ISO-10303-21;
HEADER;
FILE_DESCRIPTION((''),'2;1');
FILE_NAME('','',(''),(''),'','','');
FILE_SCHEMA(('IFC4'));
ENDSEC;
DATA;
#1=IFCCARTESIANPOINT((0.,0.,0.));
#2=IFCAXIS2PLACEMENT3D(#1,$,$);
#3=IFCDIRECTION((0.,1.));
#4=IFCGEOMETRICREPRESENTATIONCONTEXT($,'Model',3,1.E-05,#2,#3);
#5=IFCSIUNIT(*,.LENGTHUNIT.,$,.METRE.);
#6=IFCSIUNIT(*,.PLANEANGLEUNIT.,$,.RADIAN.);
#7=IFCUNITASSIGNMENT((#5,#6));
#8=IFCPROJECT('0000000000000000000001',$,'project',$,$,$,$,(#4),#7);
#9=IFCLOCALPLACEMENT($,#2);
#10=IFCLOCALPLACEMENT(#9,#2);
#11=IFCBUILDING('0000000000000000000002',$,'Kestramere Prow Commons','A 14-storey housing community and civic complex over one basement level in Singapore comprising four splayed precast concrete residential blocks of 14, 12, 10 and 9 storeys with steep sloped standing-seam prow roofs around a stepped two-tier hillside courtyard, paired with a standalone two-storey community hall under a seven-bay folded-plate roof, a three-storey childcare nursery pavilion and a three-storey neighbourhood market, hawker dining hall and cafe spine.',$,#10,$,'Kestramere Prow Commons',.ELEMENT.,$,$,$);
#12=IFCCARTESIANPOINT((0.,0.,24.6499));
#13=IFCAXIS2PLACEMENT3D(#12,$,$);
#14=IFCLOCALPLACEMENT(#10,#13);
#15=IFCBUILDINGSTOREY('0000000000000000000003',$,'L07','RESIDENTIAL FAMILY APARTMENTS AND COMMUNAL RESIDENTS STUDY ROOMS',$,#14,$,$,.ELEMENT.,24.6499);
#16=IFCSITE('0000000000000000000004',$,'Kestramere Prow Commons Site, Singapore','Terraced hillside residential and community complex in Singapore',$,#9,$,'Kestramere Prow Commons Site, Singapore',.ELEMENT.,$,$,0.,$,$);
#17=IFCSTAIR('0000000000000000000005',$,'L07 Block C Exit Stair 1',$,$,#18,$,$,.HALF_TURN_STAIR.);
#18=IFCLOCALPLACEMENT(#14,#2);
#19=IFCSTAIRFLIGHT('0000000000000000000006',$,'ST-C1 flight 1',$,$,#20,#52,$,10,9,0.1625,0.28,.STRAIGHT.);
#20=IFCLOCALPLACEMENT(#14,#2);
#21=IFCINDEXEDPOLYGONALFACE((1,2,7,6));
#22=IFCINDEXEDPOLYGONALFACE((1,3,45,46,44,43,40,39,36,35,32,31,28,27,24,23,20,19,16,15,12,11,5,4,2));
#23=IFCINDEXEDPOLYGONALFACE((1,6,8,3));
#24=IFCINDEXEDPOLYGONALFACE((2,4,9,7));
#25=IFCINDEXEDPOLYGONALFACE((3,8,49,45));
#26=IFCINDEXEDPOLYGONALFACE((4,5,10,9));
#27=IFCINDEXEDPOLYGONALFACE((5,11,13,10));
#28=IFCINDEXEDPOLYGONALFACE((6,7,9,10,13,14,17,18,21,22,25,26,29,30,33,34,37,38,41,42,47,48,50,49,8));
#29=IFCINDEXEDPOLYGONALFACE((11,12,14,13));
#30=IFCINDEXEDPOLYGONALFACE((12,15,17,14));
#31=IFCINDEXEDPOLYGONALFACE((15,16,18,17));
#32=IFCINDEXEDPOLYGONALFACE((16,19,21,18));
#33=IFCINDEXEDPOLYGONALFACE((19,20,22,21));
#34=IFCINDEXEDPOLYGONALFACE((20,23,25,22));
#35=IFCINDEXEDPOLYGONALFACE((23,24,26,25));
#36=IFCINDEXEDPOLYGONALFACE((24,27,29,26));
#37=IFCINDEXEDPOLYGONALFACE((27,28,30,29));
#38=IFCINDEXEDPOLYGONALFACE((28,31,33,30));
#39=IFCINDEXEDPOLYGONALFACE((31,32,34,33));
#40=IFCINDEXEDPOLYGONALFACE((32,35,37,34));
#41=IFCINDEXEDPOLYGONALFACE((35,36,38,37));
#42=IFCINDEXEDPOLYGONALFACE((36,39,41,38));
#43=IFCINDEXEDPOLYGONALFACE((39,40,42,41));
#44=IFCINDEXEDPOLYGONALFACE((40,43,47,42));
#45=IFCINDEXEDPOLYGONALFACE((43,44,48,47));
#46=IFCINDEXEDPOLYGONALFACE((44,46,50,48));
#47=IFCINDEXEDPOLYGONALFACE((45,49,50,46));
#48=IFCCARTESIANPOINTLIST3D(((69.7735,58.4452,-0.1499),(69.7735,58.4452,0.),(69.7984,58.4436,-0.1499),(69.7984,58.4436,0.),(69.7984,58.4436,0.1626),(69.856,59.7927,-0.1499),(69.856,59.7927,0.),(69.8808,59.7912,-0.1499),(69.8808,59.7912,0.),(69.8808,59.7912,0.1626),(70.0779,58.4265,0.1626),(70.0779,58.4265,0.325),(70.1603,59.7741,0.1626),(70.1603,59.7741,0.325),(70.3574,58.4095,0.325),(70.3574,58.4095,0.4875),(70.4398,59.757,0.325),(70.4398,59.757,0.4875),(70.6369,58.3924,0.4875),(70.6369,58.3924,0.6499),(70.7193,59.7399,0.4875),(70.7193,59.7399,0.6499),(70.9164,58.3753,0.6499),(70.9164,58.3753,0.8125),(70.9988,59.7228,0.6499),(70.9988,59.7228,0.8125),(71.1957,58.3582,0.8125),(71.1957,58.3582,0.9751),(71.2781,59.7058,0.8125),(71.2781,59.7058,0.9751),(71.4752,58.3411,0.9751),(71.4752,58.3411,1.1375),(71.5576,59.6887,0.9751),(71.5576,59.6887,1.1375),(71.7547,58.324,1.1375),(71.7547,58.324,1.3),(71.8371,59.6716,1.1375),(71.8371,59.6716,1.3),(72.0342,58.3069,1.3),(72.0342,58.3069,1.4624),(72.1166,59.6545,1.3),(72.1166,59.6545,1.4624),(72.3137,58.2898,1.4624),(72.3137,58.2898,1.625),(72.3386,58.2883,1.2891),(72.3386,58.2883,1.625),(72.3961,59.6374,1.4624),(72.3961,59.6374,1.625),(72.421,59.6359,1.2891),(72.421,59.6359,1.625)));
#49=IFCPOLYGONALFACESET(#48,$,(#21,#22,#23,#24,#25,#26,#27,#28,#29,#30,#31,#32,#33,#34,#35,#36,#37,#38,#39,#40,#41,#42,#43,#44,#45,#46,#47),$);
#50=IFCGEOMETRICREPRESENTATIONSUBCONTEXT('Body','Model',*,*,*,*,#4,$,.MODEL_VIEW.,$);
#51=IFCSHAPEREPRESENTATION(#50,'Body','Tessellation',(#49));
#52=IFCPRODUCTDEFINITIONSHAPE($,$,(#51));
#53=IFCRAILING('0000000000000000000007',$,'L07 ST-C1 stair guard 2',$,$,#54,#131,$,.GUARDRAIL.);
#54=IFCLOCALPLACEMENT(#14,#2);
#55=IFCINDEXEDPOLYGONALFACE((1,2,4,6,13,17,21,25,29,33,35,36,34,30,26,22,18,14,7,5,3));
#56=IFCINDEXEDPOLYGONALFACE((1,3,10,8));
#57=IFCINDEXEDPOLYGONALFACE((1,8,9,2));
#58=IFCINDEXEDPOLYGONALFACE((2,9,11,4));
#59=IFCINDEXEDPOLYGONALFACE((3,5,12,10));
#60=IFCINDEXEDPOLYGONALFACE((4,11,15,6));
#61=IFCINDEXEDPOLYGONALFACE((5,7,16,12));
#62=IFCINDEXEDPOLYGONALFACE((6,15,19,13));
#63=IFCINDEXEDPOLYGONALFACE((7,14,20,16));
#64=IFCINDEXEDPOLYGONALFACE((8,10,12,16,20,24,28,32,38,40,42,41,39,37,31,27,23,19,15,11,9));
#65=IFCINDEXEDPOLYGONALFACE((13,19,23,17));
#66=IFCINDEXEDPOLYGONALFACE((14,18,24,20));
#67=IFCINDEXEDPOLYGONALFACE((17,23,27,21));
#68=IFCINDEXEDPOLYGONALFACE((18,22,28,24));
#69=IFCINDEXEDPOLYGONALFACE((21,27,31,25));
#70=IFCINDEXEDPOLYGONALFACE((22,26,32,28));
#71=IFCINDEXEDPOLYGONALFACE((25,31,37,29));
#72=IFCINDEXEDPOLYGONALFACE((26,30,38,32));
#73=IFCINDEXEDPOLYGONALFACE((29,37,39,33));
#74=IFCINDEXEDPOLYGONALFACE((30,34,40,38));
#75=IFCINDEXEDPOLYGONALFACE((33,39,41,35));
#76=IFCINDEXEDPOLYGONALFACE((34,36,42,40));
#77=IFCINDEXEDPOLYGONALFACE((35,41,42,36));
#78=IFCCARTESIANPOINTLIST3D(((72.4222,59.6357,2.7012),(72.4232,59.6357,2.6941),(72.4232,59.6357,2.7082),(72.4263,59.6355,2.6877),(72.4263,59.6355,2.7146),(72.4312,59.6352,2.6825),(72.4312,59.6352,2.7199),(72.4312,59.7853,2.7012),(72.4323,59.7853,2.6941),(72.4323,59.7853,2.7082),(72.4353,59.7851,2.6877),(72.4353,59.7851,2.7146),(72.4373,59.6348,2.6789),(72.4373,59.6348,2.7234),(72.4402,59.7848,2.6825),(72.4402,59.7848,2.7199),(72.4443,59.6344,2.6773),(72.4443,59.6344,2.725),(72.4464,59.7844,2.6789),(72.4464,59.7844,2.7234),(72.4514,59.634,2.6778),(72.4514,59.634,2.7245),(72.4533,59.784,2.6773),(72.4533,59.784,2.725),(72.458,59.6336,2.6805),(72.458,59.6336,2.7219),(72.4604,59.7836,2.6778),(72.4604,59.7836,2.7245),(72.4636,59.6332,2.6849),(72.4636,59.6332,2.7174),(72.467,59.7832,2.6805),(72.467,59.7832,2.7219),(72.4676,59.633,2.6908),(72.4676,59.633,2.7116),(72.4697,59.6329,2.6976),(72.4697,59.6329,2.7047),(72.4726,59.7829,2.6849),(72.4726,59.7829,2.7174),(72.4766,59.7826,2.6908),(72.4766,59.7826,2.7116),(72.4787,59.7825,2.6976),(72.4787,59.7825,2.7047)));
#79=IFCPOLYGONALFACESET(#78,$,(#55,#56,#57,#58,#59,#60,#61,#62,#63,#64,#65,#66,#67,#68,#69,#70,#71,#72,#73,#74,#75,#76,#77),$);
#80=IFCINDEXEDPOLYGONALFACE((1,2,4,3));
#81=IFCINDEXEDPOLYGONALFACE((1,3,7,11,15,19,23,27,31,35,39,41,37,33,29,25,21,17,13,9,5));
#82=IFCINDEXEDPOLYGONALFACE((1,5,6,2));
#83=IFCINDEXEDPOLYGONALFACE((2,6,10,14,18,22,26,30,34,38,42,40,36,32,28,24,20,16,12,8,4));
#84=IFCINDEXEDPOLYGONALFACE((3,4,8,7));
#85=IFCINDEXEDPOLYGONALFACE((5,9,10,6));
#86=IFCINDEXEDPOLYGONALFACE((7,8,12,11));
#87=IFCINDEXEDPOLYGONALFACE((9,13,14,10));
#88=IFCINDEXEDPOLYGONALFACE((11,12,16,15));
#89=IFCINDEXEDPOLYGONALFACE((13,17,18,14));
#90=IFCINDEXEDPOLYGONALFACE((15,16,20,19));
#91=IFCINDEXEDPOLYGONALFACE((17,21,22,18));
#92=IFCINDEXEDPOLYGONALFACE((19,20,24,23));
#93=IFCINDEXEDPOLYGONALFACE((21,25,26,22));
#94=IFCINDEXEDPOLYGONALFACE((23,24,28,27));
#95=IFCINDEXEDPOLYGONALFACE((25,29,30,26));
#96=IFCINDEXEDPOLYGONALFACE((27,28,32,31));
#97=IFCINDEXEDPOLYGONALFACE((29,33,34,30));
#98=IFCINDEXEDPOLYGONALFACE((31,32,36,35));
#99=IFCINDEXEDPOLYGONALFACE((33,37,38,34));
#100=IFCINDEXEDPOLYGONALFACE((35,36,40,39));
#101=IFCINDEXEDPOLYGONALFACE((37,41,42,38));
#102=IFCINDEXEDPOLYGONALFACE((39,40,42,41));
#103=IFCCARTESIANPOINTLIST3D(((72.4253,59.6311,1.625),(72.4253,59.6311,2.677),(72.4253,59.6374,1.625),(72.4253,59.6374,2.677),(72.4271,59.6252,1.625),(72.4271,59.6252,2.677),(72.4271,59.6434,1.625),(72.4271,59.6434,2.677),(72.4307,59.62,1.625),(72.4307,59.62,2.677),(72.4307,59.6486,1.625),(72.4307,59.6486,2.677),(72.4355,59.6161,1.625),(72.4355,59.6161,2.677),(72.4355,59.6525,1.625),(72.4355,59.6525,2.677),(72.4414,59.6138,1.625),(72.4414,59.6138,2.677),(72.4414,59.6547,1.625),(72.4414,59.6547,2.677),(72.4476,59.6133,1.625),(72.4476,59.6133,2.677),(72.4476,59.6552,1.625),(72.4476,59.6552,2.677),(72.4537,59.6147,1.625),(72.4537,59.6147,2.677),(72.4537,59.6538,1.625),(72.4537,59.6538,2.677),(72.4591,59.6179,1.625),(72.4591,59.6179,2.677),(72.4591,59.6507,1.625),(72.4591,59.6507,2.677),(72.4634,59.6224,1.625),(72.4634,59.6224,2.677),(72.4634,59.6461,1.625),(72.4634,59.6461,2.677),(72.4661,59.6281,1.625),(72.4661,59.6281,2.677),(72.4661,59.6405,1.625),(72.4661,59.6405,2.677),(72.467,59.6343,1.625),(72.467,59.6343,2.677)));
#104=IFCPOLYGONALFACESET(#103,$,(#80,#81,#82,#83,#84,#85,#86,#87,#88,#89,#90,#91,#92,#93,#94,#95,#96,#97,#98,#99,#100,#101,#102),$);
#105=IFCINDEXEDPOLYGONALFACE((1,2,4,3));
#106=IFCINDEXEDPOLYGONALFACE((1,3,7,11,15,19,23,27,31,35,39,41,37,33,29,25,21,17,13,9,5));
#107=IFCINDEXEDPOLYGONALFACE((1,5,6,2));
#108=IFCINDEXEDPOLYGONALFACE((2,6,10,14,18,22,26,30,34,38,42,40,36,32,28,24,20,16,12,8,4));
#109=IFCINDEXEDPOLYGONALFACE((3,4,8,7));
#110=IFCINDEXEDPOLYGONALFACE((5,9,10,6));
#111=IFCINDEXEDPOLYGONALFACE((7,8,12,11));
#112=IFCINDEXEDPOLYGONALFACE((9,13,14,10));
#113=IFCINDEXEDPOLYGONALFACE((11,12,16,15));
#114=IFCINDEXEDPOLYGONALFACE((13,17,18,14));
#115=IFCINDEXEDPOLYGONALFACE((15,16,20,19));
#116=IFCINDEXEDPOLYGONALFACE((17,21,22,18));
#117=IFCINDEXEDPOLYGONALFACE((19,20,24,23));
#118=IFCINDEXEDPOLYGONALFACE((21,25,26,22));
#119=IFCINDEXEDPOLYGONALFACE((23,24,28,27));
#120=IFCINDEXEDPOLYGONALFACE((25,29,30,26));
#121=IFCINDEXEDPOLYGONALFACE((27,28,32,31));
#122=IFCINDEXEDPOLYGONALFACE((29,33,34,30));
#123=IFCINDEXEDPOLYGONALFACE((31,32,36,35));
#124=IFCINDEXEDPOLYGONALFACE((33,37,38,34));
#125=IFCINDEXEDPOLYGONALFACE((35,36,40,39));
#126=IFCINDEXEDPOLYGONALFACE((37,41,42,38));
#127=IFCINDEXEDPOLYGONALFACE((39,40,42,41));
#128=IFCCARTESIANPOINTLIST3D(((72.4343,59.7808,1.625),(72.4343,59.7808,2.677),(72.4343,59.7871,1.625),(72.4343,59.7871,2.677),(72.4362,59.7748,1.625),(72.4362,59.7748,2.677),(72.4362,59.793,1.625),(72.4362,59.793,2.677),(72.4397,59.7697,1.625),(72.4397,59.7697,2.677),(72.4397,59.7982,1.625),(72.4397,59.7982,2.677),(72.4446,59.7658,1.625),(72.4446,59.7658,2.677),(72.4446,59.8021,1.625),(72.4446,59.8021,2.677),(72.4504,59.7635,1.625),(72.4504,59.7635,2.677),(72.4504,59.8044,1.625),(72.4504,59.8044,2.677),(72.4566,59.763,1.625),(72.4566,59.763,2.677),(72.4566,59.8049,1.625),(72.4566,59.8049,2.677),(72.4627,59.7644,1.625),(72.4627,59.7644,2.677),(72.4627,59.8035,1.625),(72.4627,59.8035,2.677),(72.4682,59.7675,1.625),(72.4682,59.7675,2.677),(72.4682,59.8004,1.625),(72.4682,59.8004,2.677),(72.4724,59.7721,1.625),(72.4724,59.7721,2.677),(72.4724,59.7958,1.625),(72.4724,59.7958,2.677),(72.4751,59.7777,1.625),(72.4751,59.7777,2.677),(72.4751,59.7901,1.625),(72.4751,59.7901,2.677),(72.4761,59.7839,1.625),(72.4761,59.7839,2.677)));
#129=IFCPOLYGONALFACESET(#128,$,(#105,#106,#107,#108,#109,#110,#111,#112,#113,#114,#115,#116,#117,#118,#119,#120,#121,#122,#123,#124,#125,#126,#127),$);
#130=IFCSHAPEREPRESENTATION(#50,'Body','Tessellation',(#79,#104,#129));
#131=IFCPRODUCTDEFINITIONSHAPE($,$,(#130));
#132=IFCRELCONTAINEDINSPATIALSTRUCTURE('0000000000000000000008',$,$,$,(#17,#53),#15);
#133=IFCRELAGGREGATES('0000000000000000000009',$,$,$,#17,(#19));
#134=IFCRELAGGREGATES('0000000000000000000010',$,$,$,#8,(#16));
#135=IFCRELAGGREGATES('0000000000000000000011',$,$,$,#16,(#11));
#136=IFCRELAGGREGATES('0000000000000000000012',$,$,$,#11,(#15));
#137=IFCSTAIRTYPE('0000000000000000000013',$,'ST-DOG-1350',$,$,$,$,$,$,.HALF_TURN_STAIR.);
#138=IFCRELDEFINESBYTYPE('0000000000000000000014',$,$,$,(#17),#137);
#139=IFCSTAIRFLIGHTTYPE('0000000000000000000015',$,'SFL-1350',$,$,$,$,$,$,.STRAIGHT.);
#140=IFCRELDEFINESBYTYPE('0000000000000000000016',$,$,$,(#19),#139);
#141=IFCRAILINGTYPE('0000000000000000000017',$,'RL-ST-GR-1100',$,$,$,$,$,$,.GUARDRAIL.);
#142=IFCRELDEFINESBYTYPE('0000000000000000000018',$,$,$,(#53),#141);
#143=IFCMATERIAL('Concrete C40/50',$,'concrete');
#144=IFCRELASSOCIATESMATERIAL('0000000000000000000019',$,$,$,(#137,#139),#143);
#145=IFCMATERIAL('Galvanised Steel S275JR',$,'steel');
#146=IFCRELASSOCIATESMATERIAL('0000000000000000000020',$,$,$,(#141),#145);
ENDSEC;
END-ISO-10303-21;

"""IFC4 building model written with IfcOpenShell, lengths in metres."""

from ifc_helpers import new_model, si_unit, direction, frame, origin, origin_2d, place, context, subcontext, project, spatial, polyline, circle, outline, extrude, material, type_object, element, aggregate, save


model = new_model("IFC4")

# Units and contexts
model_context = context("Model", 3, precision=1e-05, world=origin(), true_north=direction((0.0, 1.0)))
body_context = subcontext(model_context, "Body", "Model", "MODEL_VIEW")
ifc_project = project(units=[si_unit("LENGTHUNIT", "METRE"), si_unit("PLANEANGLEUNIT", "RADIAN")], contexts=[model_context])

# Site, building, storey
site_placement = place(None, origin())
site = spatial("IfcSite", under=ifc_project, at=site_placement, Name="Kestramere Prow Commons Site, Singapore", Description="Terraced hillside residential and community complex in Singapore", LongName="Kestramere Prow Commons Site, Singapore", CompositionType="ELEMENT", RefElevation=0.0)
building_placement = place(site_placement, origin())
building = spatial("IfcBuilding", under=site, at=building_placement, Name="Kestramere Prow Commons", Description="A 14-storey housing community and civic complex over one basement level in Singapore comprising four splayed precast concrete residential blocks of 14, 12, 10 and 9 storeys with steep sloped standing-seam prow roofs around a stepped two-tier hillside courtyard, paired with a standalone two-storey community hall under a seven-bay folded-plate roof, a three-storey childcare nursery pavilion and a three-storey neighbourhood market, hawker dining hall and cafe spine.", LongName="Kestramere Prow Commons", CompositionType="ELEMENT")
storey_placement = place(building_placement, frame((0.0, 0.0, 24.6499)))
storey = spatial("IfcBuildingStorey", under=building, at=storey_placement, Name="L07", Description="RESIDENTIAL FAMILY APARTMENTS AND COMMUNAL RESIDENTS STUDY ROOMS", CompositionType="ELEMENT", Elevation=24.6499)

# Shared definitions
ifc_material_1 = material(Name="Concrete C40/50", Category="concrete")

# Stair, stair flight
stair_type = type_object("IfcStairType", Name="ST-DOG-1350", PredefinedType="HALF_TURN_STAIR", material=ifc_material_1)
stair_placement = place(storey_placement, origin())
stair = element("IfcStair", 1, at=stair_placement, inside=storey, type_object=stair_type, Name="L07 Block C Exit Stair 1", PredefinedType="HALF_TURN_STAIR")
stair_flight_type = type_object("IfcStairFlightType", Name="SFL-1350", PredefinedType="STRAIGHT", material=ifc_material_1)
stair_flight_placement = place(storey_placement, frame((69.8396, 59.1174, 0.0), z_axis=(0.0, 0.0, 1.0), x_axis=(0.998135, -0.061049, 0.0)))
stair_flight = element("IfcStairFlight", 2, at=stair_flight_placement, type_object=stair_flight_type, Name="ST-C1 flight 1", NumberOfRisers=10, NumberOfTreads=9, PredefinedType="STRAIGHT", RiserHeight=0.1625, TreadLength=0.28, context=body_context, shape_type="SweptSolid", body=[
    extrude(outline(polyline([(-0.0249, 0.0), (0.0, 0.0), (0.0, 0.1626), (0.28, 0.1626), (0.28, 0.325), (0.5601, 0.325), (0.5601, 0.4875), (0.8401, 0.4875), (0.8401, 0.6499), (1.1201, 0.6499), (1.1201, 0.8125), (1.3999, 0.8125), (1.3999, 0.9751), (1.6799, 0.9751), (1.6799, 1.1375), (1.96, 1.1375), (1.96, 1.3), (2.24, 1.3), (2.24, 1.4624), (2.52, 1.4624), (2.52, 1.625), (2.5449, 1.625), (2.5449, 1.2891), (0.0, -0.1499), (-0.0249, -0.1499), (-0.0249, 0.0)])), frame((0.0, 0.675, 0.0), z_axis=(0.0, -1.0, 0.0), x_axis=(1.0, 0.0, 0.0)), (0.0, 0.0, 1.0), 1.3501),
])
aggregate(stair, [stair_flight])

# Railing
ifc_material_2 = material(Name="Galvanised Steel S275JR", Category="steel")
railing_type_1 = type_object("IfcRailingType", Name="RL-ST-GR-1100", PredefinedType="GUARDRAIL", material=ifc_material_2)
railing_1_placement = place(storey_placement, frame((72.446, 59.6343, 1.625)))
element("IfcRailing", 3, at=railing_1_placement, inside=storey, type_object=railing_type_1, Name="L07 ST-C1 stair guard 2", PredefinedType="GUARDRAIL", context=body_context, shape_type="SweptSolid", body=[
    extrude(circle(Radius=0.0239, at=origin_2d()), frame((0.0, 0.0, 1.0762), z_axis=(0.060249, 0.998183, 0.0), x_axis=(-0.998183, 0.060249, 0.0)), (0.0, 0.0, 1.0), 0.1499),
    extrude(circle(Radius=0.021, at=origin_2d()), origin(), (0.0, 0.0, 1.0), 1.052),
    extrude(circle(Radius=0.021, at=origin_2d()), frame((0.009, 0.1497, 0.0)), (0.0, 0.0, 1.0), 1.052),
])

save(model, "model.ifc")
